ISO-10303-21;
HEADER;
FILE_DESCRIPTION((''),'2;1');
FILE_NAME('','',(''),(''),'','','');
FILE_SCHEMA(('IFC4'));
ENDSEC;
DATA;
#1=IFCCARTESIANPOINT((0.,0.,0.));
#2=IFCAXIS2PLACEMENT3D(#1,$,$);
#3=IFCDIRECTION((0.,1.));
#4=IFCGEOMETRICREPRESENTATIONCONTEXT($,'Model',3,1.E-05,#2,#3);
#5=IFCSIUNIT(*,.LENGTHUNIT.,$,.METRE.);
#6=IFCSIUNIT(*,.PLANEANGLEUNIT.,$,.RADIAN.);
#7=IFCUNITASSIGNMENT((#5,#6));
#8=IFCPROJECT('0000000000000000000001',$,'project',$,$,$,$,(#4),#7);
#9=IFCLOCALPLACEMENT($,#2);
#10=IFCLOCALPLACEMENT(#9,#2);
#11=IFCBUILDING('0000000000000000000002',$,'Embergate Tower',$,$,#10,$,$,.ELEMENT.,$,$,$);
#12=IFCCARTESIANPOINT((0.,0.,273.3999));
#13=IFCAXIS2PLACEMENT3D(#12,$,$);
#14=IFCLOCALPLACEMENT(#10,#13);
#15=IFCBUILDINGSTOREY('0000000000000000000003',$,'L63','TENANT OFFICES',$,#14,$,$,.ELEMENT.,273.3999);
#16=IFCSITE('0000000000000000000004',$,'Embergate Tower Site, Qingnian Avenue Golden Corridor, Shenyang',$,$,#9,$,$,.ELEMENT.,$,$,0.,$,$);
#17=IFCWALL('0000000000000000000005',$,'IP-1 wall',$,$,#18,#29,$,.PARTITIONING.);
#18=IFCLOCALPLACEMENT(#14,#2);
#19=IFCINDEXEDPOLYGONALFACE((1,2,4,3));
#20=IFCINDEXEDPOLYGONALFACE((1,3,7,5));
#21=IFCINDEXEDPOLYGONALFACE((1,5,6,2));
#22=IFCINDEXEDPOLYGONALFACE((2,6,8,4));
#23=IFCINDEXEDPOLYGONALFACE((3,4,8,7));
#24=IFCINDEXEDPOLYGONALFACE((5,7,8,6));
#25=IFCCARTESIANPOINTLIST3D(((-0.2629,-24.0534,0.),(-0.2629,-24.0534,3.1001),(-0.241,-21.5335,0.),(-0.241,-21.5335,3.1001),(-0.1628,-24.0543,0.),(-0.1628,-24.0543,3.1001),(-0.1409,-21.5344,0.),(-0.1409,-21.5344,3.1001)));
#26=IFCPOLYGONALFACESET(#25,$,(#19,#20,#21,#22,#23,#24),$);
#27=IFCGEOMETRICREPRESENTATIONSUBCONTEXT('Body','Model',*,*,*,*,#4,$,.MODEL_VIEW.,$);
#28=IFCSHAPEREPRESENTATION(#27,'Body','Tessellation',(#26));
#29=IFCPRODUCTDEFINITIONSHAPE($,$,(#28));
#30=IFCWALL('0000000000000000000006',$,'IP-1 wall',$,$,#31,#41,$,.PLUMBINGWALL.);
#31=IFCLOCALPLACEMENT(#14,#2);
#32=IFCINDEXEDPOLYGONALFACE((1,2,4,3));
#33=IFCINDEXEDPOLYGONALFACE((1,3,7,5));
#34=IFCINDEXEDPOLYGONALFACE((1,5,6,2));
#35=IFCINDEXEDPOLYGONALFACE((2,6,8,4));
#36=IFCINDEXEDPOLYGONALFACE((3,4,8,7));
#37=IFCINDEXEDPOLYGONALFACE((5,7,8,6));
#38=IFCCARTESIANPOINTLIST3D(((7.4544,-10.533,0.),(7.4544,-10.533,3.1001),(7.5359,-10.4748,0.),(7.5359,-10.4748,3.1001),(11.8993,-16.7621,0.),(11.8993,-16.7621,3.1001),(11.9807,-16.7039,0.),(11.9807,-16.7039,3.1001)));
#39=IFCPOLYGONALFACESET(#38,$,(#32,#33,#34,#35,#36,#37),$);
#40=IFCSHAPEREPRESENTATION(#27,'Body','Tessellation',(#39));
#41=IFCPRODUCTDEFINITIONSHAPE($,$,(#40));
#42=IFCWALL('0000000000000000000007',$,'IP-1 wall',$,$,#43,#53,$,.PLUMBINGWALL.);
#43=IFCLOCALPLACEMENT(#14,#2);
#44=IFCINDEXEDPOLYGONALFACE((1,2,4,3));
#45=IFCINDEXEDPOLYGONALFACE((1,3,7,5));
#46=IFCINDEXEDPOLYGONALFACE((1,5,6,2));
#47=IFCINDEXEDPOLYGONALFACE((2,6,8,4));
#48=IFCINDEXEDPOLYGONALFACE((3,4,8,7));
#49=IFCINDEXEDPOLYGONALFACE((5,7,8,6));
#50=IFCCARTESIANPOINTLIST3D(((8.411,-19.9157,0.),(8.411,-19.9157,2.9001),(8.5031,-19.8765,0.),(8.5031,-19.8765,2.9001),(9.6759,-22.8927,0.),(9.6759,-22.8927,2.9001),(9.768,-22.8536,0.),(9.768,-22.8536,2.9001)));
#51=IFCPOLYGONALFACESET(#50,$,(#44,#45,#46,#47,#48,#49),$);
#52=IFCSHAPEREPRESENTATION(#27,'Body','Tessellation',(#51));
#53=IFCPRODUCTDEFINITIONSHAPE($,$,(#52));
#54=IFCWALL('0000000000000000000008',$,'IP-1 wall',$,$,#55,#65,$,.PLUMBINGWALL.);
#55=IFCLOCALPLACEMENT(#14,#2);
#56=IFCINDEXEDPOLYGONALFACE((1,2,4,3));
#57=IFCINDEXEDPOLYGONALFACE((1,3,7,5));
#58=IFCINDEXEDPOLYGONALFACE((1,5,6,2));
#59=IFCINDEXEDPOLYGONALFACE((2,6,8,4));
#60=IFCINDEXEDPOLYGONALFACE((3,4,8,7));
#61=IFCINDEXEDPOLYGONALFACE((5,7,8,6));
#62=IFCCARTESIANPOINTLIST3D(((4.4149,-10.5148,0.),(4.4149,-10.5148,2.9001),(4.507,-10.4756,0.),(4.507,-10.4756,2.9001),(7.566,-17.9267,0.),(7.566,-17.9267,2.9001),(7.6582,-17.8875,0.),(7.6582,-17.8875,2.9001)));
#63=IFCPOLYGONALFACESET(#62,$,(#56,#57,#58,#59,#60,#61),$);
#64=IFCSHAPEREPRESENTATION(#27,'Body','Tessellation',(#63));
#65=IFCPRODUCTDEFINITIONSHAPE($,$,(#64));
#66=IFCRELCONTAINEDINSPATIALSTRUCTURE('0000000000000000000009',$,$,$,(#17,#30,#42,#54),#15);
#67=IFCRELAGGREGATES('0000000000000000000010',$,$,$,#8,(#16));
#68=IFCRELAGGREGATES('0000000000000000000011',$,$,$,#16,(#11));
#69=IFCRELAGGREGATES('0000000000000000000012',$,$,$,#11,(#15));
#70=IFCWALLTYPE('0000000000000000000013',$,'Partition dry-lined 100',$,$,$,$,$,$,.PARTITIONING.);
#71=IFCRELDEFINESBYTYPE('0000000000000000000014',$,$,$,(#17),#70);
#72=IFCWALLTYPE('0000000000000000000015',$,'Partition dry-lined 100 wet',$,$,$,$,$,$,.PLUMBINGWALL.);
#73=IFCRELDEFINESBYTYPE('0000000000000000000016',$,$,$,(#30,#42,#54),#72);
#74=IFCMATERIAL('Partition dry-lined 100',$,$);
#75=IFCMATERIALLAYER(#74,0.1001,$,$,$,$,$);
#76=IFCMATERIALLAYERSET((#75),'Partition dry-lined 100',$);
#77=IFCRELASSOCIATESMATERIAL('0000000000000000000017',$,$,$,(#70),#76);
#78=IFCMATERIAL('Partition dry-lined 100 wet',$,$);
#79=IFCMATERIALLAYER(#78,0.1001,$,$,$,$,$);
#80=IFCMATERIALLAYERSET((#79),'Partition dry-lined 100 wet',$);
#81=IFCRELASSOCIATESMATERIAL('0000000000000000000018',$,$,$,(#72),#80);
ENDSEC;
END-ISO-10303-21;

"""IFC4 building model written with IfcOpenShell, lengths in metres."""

from ifc_helpers import new_model, si_unit, direction, frame, frame_2d, origin, place, context, subcontext, project, spatial, rectangle, extrude, source, transform, mapped, material, layer, layer_set, type_object, element, save


model = new_model("IFC4")

# Units and contexts
model_context = context("Model", 3, precision=1e-05, world=origin(), true_north=direction((0.0, 1.0)))
body_context = subcontext(model_context, "Body", "Model", "MODEL_VIEW")
ifc_project = project(units=[si_unit("LENGTHUNIT", "METRE"), si_unit("PLANEANGLEUNIT", "RADIAN")], contexts=[model_context])

# Site, building, storey
site_placement = place(None, origin())
site = spatial("IfcSite", under=ifc_project, at=site_placement, Name="Embergate Tower Site, Qingnian Avenue Golden Corridor, Shenyang", CompositionType="ELEMENT", RefElevation=0.0)
building_placement = place(site_placement, origin())
building = spatial("IfcBuilding", under=site, at=building_placement, Name="Embergate Tower", CompositionType="ELEMENT")
storey_placement = place(building_placement, frame((0.0, 0.0, 273.3999)))
storey = spatial("IfcBuildingStorey", under=building, at=storey_placement, Name="L63", Description="TENANT OFFICES", CompositionType="ELEMENT", Elevation=273.3999)

# Walls
ifc_material_1 = material(Name="Partition dry-lined 100")
ifc_layer_1 = layer(ifc_material_1, 0.1001)
ifc_layer_set_1 = layer_set([ifc_layer_1], Name="Partition dry-lined 100")
wall_type_1 = type_object("IfcWallType", Name="Partition dry-lined 100", PredefinedType="PARTITIONING", material=ifc_layer_set_1)
shared_shape_1 = source(origin(), body_context, "Body", "SweptSolid", [
    extrude(rectangle(XDim=2.52, YDim=0.1001, at=frame_2d((1.26, 0.0))), origin(), (0.0, 0.0, 1.0), 3.1001),
])
wall_1_placement = place(storey_placement, frame((-0.1909, -21.5339, 0.0), z_axis=(0.0, 0.0, 1.0), x_axis=(-0.008719, -0.999962, 0.0)))
element("IfcWall", 1, at=wall_1_placement, inside=storey, type_object=wall_type_1, Name="IP-1 wall", PredefinedType="PARTITIONING", context=body_context, shape_type="MappedRepresentation", body=[
    mapped(shared_shape_1, transform((0.0, 0.0, 0.0))),
])
ifc_material_2 = material(Name="Partition dry-lined 100 wet")
ifc_layer_2 = layer(ifc_material_2, 0.1001)
ifc_layer_set_2 = layer_set([ifc_layer_2], Name="Partition dry-lined 100 wet")
wall_type_2 = type_object("IfcWallType", Name="Partition dry-lined 100 wet", PredefinedType="PLUMBINGWALL", material=ifc_layer_set_2)
shared_shape_2 = source(origin(), body_context, "Body", "SweptSolid", [
    extrude(rectangle(XDim=7.6523, YDim=0.1001, at=frame_2d((3.8262, 0.0))), origin(), (0.0, 0.0, 1.0), 3.1001),
])
wall_2_placement = place(storey_placement, frame((7.4951, -10.5039, 0.0), z_axis=(0.0, 0.0, 1.0), x_axis=(0.580852, -0.814009, 0.0)))
element("IfcWall", 2, at=wall_2_placement, inside=storey, type_object=wall_type_2, Name="IP-1 wall", PredefinedType="PLUMBINGWALL", context=body_context, shape_type="MappedRepresentation", body=[
    mapped(shared_shape_2, transform((0.0, 0.0, 0.0))),
])
shared_shape_3 = source(origin(), body_context, "Body", "SweptSolid", [
    extrude(rectangle(XDim=3.2346, YDim=0.1001, at=frame_2d((1.6172, 0.0))), origin(), (0.0, 0.0, 1.0), 2.9001),
])
wall_3_placement = place(storey_placement, frame((9.7219, -22.873, 0.0), z_axis=(0.0, 0.0, 1.0), x_axis=(-0.391048, 0.92037, 0.0)))
element("IfcWall", 3, at=wall_3_placement, inside=storey, type_object=wall_type_2, Name="IP-1 wall", PredefinedType="PLUMBINGWALL", context=body_context, shape_type="MappedRepresentation", body=[
    mapped(shared_shape_3, transform((0.0, 0.0, 0.0))),
])
shared_shape_4 = source(origin(), body_context, "Body", "SweptSolid", [
    extrude(rectangle(XDim=8.054, YDim=0.1001, at=frame_2d((4.0269, 0.0))), origin(), (0.0, 0.0, 1.0), 2.9001),
])
wall_4_placement = place(storey_placement, frame((7.6121, -17.907, 0.0), z_axis=(0.0, 0.0, 1.0), x_axis=(-0.391254, 0.920283, 0.0)))
element("IfcWall", 4, at=wall_4_placement, inside=storey, type_object=wall_type_2, Name="IP-1 wall", PredefinedType="PLUMBINGWALL", context=body_context, shape_type="MappedRepresentation", body=[
    mapped(shared_shape_4, transform((0.0, 0.0, 0.0))),
])

save(model, "model.ifc")
